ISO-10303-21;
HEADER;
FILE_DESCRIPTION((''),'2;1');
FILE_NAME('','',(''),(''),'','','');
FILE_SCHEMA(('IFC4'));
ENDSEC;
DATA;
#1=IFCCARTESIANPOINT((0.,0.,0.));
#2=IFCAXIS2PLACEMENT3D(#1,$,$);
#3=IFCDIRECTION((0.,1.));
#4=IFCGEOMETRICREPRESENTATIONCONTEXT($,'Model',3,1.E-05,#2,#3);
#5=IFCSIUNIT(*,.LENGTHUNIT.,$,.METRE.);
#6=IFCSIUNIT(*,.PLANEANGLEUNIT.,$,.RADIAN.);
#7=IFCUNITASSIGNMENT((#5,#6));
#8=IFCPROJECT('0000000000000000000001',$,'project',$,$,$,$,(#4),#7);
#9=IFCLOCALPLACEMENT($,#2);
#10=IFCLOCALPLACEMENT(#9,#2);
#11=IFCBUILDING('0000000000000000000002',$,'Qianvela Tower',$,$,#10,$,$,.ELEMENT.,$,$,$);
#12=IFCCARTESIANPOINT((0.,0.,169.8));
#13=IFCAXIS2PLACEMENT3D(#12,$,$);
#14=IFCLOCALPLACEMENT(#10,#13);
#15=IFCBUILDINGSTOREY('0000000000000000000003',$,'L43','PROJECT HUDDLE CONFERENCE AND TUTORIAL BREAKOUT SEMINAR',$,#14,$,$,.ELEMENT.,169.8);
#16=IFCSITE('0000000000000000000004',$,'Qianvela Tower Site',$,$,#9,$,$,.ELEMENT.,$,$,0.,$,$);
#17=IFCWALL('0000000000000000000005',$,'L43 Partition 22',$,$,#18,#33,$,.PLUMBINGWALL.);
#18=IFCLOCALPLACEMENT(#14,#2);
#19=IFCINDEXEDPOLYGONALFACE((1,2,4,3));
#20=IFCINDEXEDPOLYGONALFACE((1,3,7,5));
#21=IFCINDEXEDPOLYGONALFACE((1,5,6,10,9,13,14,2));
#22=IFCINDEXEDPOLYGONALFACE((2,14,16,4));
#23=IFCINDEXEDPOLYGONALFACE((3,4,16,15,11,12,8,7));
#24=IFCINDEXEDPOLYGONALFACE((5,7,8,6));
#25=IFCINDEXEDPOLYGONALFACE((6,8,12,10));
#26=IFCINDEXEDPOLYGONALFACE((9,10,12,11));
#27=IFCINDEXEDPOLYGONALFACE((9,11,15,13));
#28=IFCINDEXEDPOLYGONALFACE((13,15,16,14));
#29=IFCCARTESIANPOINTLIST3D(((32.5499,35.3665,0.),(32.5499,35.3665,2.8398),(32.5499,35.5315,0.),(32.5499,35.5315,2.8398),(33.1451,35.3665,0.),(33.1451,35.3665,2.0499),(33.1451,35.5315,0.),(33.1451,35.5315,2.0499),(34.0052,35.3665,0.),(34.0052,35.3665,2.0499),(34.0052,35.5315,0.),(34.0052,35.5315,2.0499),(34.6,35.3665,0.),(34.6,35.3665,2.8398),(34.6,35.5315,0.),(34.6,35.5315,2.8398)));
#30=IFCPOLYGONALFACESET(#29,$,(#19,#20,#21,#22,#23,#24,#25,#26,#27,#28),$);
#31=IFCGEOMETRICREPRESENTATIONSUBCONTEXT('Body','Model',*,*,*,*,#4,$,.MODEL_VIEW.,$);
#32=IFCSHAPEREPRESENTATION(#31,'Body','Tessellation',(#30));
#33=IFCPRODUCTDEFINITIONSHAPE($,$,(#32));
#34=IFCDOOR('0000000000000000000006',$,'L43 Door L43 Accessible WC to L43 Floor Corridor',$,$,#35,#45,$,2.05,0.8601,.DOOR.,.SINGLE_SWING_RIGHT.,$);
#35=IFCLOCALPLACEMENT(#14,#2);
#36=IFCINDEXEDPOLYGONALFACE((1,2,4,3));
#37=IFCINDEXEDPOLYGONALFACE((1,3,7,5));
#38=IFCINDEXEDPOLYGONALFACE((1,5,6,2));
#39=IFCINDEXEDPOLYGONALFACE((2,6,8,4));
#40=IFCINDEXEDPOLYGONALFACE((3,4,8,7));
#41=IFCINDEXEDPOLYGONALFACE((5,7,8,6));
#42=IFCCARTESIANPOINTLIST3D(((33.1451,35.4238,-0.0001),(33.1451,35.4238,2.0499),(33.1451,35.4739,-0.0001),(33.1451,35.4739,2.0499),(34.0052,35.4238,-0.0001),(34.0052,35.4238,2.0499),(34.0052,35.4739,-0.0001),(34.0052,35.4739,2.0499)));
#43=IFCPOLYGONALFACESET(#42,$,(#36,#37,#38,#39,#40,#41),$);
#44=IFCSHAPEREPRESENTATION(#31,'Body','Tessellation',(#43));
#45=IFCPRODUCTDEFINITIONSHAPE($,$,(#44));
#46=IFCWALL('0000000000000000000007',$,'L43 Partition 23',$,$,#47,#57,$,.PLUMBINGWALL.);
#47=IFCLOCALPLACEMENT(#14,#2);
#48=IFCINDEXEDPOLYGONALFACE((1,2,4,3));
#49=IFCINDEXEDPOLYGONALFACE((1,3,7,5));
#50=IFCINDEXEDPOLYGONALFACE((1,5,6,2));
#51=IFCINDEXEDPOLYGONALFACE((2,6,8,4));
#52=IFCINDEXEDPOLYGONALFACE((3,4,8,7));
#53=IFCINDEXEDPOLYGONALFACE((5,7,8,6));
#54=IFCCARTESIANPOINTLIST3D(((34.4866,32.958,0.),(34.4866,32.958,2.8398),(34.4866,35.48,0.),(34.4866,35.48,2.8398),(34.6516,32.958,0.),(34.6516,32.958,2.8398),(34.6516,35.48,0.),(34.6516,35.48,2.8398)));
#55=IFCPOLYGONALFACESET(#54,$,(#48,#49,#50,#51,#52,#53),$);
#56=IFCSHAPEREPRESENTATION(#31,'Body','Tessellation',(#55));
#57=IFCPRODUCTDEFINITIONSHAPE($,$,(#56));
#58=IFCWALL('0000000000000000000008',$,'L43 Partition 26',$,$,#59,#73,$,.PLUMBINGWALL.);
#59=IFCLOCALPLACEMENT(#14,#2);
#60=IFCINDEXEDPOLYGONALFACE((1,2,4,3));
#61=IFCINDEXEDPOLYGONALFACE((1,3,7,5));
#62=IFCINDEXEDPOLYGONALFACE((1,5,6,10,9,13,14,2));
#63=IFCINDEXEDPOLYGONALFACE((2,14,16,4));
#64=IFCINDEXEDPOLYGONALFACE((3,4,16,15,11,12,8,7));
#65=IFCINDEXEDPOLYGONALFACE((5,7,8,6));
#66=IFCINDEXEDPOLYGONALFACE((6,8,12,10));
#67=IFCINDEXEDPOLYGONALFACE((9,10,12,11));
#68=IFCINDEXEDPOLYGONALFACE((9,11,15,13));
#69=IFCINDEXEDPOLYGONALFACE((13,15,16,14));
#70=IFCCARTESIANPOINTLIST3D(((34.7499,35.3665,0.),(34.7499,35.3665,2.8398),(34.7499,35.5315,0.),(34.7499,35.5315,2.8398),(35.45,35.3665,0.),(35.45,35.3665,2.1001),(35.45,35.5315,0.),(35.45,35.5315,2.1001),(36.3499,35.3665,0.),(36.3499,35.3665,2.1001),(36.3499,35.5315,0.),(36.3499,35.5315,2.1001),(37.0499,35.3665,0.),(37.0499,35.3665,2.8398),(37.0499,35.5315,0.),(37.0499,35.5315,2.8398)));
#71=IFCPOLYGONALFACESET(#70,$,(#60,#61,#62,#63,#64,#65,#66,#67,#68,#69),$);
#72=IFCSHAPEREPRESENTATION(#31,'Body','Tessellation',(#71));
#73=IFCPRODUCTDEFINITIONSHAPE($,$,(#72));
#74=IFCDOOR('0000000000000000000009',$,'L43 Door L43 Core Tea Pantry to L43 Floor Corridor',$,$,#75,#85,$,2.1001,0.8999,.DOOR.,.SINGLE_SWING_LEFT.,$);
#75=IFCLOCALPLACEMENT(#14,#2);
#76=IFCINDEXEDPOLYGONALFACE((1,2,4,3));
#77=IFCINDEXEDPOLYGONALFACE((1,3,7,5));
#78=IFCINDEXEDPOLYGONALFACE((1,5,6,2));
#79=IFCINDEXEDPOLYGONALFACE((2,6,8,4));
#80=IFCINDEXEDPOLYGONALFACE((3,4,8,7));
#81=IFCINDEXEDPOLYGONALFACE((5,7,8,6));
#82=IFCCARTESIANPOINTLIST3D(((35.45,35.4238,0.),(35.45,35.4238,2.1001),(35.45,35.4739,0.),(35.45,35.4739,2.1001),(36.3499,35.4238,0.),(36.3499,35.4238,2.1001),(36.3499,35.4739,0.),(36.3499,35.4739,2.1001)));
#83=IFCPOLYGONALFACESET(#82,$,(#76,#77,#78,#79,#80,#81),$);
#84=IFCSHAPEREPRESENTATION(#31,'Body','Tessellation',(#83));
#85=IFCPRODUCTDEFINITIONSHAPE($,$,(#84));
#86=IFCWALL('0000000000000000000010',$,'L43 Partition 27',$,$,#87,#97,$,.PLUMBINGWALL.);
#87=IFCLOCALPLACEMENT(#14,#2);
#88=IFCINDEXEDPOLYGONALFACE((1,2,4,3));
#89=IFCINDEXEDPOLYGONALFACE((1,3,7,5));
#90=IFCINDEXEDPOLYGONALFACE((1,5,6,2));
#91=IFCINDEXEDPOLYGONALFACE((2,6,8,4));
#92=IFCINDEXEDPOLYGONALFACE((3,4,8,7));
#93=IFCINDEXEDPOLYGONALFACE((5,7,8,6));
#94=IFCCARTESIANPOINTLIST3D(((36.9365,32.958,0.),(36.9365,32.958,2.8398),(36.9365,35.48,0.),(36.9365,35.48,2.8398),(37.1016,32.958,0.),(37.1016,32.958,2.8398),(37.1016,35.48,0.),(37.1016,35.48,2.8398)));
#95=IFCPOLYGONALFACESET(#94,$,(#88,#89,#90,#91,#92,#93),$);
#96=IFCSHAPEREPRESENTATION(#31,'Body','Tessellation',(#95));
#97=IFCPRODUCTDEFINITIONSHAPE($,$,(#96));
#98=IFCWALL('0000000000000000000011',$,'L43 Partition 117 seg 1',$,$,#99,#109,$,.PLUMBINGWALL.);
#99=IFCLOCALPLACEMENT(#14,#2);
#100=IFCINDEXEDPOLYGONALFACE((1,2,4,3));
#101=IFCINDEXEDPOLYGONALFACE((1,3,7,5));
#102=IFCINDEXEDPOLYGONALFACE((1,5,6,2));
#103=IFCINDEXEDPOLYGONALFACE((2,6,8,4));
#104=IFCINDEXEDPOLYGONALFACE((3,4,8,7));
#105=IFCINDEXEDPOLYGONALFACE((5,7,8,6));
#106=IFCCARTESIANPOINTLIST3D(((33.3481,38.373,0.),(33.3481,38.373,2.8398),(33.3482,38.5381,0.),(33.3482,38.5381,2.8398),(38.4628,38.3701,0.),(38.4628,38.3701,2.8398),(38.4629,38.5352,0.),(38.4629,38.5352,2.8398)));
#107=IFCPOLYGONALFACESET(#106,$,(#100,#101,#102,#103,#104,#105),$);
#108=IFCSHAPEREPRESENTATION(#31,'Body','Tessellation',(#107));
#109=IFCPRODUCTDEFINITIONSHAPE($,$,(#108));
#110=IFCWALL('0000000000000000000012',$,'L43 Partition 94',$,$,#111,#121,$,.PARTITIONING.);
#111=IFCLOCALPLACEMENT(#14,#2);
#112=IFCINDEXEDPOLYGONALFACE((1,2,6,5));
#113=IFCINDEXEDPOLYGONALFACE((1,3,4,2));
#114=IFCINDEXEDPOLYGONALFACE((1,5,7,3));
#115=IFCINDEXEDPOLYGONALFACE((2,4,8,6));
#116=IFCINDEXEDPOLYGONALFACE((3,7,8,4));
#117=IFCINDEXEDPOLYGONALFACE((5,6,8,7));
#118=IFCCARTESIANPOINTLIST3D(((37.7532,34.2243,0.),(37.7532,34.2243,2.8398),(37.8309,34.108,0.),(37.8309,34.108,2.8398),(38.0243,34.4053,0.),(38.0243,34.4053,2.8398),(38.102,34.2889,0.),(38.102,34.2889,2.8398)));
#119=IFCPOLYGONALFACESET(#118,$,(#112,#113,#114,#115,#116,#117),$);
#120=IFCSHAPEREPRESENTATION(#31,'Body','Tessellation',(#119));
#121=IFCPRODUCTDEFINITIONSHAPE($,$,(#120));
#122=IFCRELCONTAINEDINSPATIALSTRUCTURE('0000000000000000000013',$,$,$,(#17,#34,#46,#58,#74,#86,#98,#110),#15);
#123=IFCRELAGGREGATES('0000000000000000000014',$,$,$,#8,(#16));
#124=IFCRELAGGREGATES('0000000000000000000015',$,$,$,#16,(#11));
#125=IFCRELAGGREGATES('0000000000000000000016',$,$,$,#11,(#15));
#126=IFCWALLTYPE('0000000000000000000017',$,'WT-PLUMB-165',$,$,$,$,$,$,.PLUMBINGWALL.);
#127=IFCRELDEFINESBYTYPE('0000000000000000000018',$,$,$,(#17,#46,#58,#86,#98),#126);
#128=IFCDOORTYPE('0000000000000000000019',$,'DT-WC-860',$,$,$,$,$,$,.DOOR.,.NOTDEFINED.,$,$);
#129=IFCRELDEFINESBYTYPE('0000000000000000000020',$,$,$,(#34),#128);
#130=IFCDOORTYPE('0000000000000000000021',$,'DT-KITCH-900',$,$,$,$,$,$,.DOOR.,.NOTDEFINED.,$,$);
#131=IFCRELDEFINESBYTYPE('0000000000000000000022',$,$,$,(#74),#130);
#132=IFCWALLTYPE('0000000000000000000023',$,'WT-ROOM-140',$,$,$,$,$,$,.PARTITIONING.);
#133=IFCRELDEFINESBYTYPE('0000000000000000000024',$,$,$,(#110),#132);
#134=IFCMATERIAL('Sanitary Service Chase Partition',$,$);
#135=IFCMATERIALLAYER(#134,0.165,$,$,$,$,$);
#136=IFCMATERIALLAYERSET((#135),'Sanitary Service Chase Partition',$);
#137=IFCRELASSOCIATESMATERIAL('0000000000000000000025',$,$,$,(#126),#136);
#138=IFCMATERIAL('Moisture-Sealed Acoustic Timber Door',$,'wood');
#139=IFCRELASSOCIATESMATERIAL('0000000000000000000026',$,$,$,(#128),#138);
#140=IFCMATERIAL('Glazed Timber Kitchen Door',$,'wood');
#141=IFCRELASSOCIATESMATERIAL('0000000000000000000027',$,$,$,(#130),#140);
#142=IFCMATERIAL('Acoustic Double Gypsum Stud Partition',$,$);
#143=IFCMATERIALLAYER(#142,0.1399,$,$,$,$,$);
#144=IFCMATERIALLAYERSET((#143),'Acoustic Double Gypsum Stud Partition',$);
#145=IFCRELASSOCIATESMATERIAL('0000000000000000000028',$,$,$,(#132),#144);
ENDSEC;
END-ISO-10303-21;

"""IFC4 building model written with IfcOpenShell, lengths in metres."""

from ifc_helpers import new_model, si_unit, direction, frame, frame_2d, origin, place, context, subcontext, project, spatial, rectangle, extrude, material, layer, layer_set, type_object, element, fill, save


model = new_model("IFC4")

# Units and contexts
model_context = context("Model", 3, precision=1e-05, world=origin(), true_north=direction((0.0, 1.0)))
body_context = subcontext(model_context, "Body", "Model", "MODEL_VIEW")
ifc_project = project(units=[si_unit("LENGTHUNIT", "METRE"), si_unit("PLANEANGLEUNIT", "RADIAN")], contexts=[model_context])

# Site, building, storey
site_placement = place(None, origin())
site = spatial("IfcSite", under=ifc_project, at=site_placement, Name="Qianvela Tower Site", CompositionType="ELEMENT", RefElevation=0.0)
building_placement = place(site_placement, origin())
building = spatial("IfcBuilding", under=site, at=building_placement, Name="Qianvela Tower", CompositionType="ELEMENT")
storey_placement = place(building_placement, frame((0.0, 0.0, 169.8)))
storey = spatial("IfcBuildingStorey", under=building, at=storey_placement, Name="L43", Description="PROJECT HUDDLE CONFERENCE AND TUTORIAL BREAKOUT SEMINAR", CompositionType="ELEMENT", Elevation=169.8)

# Wall, opening, door
ifc_material_1 = material(Name="Sanitary Service Chase Partition")
ifc_layer_1 = layer(ifc_material_1, 0.165)
ifc_layer_set_1 = layer_set([ifc_layer_1], Name="Sanitary Service Chase Partition")
wall_type_1 = type_object("IfcWallType", Name="WT-PLUMB-165", PredefinedType="PLUMBINGWALL", material=ifc_layer_set_1)
wall_1_placement = place(storey_placement, frame((32.55, 35.449, 0.0), z_axis=(0.0, 0.0, 1.0), x_axis=(1.0, 0.0, 0.0)))
wall_1 = element("IfcWall", 1, at=wall_1_placement, inside=storey, type_object=wall_type_1, Name="L43 Partition 22", PredefinedType="PLUMBINGWALL", context=body_context, shape_type="SweptSolid", body=[
    extrude(rectangle(XDim=2.05, YDim=0.165, at=frame_2d((1.0249, 0.0))), origin(), (0.0, 0.0, 1.0), 2.8398),
])
opening_1_placement = place(wall_1_placement, frame((0.595, 0.0, 0.0)))
opening_1 = element("IfcOpeningElement", 2, at=opening_1_placement, cuts=wall_1, PredefinedType="OPENING", context=body_context, shape_type="SweptSolid", body=[
    extrude(rectangle(XDim=0.8601, YDim=2.05, at=frame_2d((0.4302, 1.0249))), frame((0.0, 0.0925, 0.0), z_axis=(0.0, -1.0, 0.0), x_axis=(1.0, 0.0, 0.0)), (0.0, 0.0, 1.0), 0.1851),
])
ifc_material_2 = material(Name="Moisture-Sealed Acoustic Timber Door", Category="wood")
door_type_1 = type_object("IfcDoorType", Name="DT-WC-860", OperationType="NOTDEFINED", PredefinedType="DOOR", material=ifc_material_2)
door_1_placement = place(opening_1_placement, origin())
door_1 = element("IfcDoor", 3, at=door_1_placement, inside=storey, type_object=door_type_1, Name="L43 Door L43 Accessible WC to L43 Floor Corridor", OperationType="SINGLE_SWING_RIGHT", OverallHeight=2.05, OverallWidth=0.8601, PredefinedType="DOOR", context=body_context, shape_type="SweptSolid", body=[
    extrude(rectangle(XDim=0.8601, YDim=2.05, at=frame_2d((0.4302, 1.0249))), frame((0.0, 0.0249, 0.0), z_axis=(0.0, -1.0, 0.0), x_axis=(1.0, 0.0, 0.0)), (0.0, 0.0, 1.0), 0.05),
])
fill(opening_1, door_1)

# Wall
wall_2_placement = place(storey_placement, frame((34.5691, 35.48, 0.0), z_axis=(0.0, 0.0, 1.0), x_axis=(0.0, -1.0, 0.0)))
element("IfcWall", 4, at=wall_2_placement, inside=storey, type_object=wall_type_1, Name="L43 Partition 23", PredefinedType="PLUMBINGWALL", context=body_context, shape_type="SweptSolid", body=[
    extrude(rectangle(XDim=2.522, YDim=0.165, at=frame_2d((1.261, 0.0))), origin(), (0.0, 0.0, 1.0), 2.8398),
])

# Wall, opening, door
wall_3_placement = place(storey_placement, frame((34.75, 35.449, 0.0), z_axis=(0.0, 0.0, 1.0), x_axis=(1.0, 0.0, 0.0)))
wall_3 = element("IfcWall", 5, at=wall_3_placement, inside=storey, type_object=wall_type_1, Name="L43 Partition 26", PredefinedType="PLUMBINGWALL", context=body_context, shape_type="SweptSolid", body=[
    extrude(rectangle(XDim=2.3, YDim=0.165, at=frame_2d((1.1499, 0.0))), origin(), (0.0, 0.0, 1.0), 2.8398),
])
opening_2_placement = place(wall_3_placement, frame((0.7, 0.0, 0.0)))
opening_2 = element("IfcOpeningElement", 6, at=opening_2_placement, cuts=wall_3, PredefinedType="OPENING", context=body_context, shape_type="SweptSolid", body=[
    extrude(rectangle(XDim=0.8999, YDim=2.1001, at=frame_2d((0.45, 1.05))), frame((0.0, 0.0925, 0.0), z_axis=(0.0, -1.0, 0.0), x_axis=(1.0, 0.0, 0.0)), (0.0, 0.0, 1.0), 0.1851),
])
ifc_material_3 = material(Name="Glazed Timber Kitchen Door", Category="wood")
door_type_2 = type_object("IfcDoorType", Name="DT-KITCH-900", OperationType="NOTDEFINED", PredefinedType="DOOR", material=ifc_material_3)
door_2_placement = place(opening_2_placement, origin())
door_2 = element("IfcDoor", 7, at=door_2_placement, inside=storey, type_object=door_type_2, Name="L43 Door L43 Core Tea Pantry to L43 Floor Corridor", OperationType="SINGLE_SWING_LEFT", OverallHeight=2.1001, OverallWidth=0.8999, PredefinedType="DOOR", context=body_context, shape_type="SweptSolid", body=[
    extrude(rectangle(XDim=0.8999, YDim=2.1001, at=frame_2d((0.45, 1.05))), frame((0.0, 0.0249, 0.0), z_axis=(0.0, -1.0, 0.0), x_axis=(1.0, 0.0, 0.0)), (0.0, 0.0, 1.0), 0.05),
])
fill(opening_2, door_2)

# Walls
wall_4_placement = place(storey_placement, frame((37.019, 35.48, 0.0), z_axis=(0.0, 0.0, 1.0), x_axis=(0.0, -1.0, 0.0)))
element("IfcWall", 8, at=wall_4_placement, inside=storey, type_object=wall_type_1, Name="L43 Partition 27", PredefinedType="PLUMBINGWALL", context=body_context, shape_type="SweptSolid", body=[
    extrude(rectangle(XDim=2.522, YDim=0.165, at=frame_2d((1.261, 0.0))), origin(), (0.0, 0.0, 1.0), 2.8398),
])
wall_5_placement = place(storey_placement, frame((38.4629, 38.4526, 0.0), z_axis=(0.0, 0.0, 1.0), x_axis=(-1.0, 0.000573, 0.0)))
element("IfcWall", 9, at=wall_5_placement, inside=storey, type_object=wall_type_1, Name="L43 Partition 117 seg 1", PredefinedType="PLUMBINGWALL", context=body_context, shape_type="SweptSolid", body=[
    extrude(rectangle(XDim=5.1147, YDim=0.165, at=frame_2d((2.5574, 0.0))), origin(), (0.0, 0.0, 1.0), 2.8398),
])
ifc_material_4 = material(Name="Acoustic Double Gypsum Stud Partition")
ifc_layer_2 = layer(ifc_material_4, 0.1399)
ifc_layer_set_2 = layer_set([ifc_layer_2], Name="Acoustic Double Gypsum Stud Partition")
wall_type_2 = type_object("IfcWallType", Name="WT-ROOM-140", PredefinedType="PARTITIONING", material=ifc_layer_set_2)
wall_6_placement = place(storey_placement, frame((38.0632, 34.3472, 0.0), z_axis=(0.0, 0.0, 1.0), x_axis=(-0.831704, -0.555219, 0.0)))
element("IfcWall", 10, at=wall_6_placement, inside=storey, type_object=wall_type_2, Name="L43 Partition 94", PredefinedType="PARTITIONING", context=body_context, shape_type="SweptSolid", body=[
    extrude(rectangle(XDim=0.3259, YDim=0.1399, at=frame_2d((0.1631, 0.0))), origin(), (0.0, 0.0, 1.0), 2.8398),
])

save(model, "model.ifc")
